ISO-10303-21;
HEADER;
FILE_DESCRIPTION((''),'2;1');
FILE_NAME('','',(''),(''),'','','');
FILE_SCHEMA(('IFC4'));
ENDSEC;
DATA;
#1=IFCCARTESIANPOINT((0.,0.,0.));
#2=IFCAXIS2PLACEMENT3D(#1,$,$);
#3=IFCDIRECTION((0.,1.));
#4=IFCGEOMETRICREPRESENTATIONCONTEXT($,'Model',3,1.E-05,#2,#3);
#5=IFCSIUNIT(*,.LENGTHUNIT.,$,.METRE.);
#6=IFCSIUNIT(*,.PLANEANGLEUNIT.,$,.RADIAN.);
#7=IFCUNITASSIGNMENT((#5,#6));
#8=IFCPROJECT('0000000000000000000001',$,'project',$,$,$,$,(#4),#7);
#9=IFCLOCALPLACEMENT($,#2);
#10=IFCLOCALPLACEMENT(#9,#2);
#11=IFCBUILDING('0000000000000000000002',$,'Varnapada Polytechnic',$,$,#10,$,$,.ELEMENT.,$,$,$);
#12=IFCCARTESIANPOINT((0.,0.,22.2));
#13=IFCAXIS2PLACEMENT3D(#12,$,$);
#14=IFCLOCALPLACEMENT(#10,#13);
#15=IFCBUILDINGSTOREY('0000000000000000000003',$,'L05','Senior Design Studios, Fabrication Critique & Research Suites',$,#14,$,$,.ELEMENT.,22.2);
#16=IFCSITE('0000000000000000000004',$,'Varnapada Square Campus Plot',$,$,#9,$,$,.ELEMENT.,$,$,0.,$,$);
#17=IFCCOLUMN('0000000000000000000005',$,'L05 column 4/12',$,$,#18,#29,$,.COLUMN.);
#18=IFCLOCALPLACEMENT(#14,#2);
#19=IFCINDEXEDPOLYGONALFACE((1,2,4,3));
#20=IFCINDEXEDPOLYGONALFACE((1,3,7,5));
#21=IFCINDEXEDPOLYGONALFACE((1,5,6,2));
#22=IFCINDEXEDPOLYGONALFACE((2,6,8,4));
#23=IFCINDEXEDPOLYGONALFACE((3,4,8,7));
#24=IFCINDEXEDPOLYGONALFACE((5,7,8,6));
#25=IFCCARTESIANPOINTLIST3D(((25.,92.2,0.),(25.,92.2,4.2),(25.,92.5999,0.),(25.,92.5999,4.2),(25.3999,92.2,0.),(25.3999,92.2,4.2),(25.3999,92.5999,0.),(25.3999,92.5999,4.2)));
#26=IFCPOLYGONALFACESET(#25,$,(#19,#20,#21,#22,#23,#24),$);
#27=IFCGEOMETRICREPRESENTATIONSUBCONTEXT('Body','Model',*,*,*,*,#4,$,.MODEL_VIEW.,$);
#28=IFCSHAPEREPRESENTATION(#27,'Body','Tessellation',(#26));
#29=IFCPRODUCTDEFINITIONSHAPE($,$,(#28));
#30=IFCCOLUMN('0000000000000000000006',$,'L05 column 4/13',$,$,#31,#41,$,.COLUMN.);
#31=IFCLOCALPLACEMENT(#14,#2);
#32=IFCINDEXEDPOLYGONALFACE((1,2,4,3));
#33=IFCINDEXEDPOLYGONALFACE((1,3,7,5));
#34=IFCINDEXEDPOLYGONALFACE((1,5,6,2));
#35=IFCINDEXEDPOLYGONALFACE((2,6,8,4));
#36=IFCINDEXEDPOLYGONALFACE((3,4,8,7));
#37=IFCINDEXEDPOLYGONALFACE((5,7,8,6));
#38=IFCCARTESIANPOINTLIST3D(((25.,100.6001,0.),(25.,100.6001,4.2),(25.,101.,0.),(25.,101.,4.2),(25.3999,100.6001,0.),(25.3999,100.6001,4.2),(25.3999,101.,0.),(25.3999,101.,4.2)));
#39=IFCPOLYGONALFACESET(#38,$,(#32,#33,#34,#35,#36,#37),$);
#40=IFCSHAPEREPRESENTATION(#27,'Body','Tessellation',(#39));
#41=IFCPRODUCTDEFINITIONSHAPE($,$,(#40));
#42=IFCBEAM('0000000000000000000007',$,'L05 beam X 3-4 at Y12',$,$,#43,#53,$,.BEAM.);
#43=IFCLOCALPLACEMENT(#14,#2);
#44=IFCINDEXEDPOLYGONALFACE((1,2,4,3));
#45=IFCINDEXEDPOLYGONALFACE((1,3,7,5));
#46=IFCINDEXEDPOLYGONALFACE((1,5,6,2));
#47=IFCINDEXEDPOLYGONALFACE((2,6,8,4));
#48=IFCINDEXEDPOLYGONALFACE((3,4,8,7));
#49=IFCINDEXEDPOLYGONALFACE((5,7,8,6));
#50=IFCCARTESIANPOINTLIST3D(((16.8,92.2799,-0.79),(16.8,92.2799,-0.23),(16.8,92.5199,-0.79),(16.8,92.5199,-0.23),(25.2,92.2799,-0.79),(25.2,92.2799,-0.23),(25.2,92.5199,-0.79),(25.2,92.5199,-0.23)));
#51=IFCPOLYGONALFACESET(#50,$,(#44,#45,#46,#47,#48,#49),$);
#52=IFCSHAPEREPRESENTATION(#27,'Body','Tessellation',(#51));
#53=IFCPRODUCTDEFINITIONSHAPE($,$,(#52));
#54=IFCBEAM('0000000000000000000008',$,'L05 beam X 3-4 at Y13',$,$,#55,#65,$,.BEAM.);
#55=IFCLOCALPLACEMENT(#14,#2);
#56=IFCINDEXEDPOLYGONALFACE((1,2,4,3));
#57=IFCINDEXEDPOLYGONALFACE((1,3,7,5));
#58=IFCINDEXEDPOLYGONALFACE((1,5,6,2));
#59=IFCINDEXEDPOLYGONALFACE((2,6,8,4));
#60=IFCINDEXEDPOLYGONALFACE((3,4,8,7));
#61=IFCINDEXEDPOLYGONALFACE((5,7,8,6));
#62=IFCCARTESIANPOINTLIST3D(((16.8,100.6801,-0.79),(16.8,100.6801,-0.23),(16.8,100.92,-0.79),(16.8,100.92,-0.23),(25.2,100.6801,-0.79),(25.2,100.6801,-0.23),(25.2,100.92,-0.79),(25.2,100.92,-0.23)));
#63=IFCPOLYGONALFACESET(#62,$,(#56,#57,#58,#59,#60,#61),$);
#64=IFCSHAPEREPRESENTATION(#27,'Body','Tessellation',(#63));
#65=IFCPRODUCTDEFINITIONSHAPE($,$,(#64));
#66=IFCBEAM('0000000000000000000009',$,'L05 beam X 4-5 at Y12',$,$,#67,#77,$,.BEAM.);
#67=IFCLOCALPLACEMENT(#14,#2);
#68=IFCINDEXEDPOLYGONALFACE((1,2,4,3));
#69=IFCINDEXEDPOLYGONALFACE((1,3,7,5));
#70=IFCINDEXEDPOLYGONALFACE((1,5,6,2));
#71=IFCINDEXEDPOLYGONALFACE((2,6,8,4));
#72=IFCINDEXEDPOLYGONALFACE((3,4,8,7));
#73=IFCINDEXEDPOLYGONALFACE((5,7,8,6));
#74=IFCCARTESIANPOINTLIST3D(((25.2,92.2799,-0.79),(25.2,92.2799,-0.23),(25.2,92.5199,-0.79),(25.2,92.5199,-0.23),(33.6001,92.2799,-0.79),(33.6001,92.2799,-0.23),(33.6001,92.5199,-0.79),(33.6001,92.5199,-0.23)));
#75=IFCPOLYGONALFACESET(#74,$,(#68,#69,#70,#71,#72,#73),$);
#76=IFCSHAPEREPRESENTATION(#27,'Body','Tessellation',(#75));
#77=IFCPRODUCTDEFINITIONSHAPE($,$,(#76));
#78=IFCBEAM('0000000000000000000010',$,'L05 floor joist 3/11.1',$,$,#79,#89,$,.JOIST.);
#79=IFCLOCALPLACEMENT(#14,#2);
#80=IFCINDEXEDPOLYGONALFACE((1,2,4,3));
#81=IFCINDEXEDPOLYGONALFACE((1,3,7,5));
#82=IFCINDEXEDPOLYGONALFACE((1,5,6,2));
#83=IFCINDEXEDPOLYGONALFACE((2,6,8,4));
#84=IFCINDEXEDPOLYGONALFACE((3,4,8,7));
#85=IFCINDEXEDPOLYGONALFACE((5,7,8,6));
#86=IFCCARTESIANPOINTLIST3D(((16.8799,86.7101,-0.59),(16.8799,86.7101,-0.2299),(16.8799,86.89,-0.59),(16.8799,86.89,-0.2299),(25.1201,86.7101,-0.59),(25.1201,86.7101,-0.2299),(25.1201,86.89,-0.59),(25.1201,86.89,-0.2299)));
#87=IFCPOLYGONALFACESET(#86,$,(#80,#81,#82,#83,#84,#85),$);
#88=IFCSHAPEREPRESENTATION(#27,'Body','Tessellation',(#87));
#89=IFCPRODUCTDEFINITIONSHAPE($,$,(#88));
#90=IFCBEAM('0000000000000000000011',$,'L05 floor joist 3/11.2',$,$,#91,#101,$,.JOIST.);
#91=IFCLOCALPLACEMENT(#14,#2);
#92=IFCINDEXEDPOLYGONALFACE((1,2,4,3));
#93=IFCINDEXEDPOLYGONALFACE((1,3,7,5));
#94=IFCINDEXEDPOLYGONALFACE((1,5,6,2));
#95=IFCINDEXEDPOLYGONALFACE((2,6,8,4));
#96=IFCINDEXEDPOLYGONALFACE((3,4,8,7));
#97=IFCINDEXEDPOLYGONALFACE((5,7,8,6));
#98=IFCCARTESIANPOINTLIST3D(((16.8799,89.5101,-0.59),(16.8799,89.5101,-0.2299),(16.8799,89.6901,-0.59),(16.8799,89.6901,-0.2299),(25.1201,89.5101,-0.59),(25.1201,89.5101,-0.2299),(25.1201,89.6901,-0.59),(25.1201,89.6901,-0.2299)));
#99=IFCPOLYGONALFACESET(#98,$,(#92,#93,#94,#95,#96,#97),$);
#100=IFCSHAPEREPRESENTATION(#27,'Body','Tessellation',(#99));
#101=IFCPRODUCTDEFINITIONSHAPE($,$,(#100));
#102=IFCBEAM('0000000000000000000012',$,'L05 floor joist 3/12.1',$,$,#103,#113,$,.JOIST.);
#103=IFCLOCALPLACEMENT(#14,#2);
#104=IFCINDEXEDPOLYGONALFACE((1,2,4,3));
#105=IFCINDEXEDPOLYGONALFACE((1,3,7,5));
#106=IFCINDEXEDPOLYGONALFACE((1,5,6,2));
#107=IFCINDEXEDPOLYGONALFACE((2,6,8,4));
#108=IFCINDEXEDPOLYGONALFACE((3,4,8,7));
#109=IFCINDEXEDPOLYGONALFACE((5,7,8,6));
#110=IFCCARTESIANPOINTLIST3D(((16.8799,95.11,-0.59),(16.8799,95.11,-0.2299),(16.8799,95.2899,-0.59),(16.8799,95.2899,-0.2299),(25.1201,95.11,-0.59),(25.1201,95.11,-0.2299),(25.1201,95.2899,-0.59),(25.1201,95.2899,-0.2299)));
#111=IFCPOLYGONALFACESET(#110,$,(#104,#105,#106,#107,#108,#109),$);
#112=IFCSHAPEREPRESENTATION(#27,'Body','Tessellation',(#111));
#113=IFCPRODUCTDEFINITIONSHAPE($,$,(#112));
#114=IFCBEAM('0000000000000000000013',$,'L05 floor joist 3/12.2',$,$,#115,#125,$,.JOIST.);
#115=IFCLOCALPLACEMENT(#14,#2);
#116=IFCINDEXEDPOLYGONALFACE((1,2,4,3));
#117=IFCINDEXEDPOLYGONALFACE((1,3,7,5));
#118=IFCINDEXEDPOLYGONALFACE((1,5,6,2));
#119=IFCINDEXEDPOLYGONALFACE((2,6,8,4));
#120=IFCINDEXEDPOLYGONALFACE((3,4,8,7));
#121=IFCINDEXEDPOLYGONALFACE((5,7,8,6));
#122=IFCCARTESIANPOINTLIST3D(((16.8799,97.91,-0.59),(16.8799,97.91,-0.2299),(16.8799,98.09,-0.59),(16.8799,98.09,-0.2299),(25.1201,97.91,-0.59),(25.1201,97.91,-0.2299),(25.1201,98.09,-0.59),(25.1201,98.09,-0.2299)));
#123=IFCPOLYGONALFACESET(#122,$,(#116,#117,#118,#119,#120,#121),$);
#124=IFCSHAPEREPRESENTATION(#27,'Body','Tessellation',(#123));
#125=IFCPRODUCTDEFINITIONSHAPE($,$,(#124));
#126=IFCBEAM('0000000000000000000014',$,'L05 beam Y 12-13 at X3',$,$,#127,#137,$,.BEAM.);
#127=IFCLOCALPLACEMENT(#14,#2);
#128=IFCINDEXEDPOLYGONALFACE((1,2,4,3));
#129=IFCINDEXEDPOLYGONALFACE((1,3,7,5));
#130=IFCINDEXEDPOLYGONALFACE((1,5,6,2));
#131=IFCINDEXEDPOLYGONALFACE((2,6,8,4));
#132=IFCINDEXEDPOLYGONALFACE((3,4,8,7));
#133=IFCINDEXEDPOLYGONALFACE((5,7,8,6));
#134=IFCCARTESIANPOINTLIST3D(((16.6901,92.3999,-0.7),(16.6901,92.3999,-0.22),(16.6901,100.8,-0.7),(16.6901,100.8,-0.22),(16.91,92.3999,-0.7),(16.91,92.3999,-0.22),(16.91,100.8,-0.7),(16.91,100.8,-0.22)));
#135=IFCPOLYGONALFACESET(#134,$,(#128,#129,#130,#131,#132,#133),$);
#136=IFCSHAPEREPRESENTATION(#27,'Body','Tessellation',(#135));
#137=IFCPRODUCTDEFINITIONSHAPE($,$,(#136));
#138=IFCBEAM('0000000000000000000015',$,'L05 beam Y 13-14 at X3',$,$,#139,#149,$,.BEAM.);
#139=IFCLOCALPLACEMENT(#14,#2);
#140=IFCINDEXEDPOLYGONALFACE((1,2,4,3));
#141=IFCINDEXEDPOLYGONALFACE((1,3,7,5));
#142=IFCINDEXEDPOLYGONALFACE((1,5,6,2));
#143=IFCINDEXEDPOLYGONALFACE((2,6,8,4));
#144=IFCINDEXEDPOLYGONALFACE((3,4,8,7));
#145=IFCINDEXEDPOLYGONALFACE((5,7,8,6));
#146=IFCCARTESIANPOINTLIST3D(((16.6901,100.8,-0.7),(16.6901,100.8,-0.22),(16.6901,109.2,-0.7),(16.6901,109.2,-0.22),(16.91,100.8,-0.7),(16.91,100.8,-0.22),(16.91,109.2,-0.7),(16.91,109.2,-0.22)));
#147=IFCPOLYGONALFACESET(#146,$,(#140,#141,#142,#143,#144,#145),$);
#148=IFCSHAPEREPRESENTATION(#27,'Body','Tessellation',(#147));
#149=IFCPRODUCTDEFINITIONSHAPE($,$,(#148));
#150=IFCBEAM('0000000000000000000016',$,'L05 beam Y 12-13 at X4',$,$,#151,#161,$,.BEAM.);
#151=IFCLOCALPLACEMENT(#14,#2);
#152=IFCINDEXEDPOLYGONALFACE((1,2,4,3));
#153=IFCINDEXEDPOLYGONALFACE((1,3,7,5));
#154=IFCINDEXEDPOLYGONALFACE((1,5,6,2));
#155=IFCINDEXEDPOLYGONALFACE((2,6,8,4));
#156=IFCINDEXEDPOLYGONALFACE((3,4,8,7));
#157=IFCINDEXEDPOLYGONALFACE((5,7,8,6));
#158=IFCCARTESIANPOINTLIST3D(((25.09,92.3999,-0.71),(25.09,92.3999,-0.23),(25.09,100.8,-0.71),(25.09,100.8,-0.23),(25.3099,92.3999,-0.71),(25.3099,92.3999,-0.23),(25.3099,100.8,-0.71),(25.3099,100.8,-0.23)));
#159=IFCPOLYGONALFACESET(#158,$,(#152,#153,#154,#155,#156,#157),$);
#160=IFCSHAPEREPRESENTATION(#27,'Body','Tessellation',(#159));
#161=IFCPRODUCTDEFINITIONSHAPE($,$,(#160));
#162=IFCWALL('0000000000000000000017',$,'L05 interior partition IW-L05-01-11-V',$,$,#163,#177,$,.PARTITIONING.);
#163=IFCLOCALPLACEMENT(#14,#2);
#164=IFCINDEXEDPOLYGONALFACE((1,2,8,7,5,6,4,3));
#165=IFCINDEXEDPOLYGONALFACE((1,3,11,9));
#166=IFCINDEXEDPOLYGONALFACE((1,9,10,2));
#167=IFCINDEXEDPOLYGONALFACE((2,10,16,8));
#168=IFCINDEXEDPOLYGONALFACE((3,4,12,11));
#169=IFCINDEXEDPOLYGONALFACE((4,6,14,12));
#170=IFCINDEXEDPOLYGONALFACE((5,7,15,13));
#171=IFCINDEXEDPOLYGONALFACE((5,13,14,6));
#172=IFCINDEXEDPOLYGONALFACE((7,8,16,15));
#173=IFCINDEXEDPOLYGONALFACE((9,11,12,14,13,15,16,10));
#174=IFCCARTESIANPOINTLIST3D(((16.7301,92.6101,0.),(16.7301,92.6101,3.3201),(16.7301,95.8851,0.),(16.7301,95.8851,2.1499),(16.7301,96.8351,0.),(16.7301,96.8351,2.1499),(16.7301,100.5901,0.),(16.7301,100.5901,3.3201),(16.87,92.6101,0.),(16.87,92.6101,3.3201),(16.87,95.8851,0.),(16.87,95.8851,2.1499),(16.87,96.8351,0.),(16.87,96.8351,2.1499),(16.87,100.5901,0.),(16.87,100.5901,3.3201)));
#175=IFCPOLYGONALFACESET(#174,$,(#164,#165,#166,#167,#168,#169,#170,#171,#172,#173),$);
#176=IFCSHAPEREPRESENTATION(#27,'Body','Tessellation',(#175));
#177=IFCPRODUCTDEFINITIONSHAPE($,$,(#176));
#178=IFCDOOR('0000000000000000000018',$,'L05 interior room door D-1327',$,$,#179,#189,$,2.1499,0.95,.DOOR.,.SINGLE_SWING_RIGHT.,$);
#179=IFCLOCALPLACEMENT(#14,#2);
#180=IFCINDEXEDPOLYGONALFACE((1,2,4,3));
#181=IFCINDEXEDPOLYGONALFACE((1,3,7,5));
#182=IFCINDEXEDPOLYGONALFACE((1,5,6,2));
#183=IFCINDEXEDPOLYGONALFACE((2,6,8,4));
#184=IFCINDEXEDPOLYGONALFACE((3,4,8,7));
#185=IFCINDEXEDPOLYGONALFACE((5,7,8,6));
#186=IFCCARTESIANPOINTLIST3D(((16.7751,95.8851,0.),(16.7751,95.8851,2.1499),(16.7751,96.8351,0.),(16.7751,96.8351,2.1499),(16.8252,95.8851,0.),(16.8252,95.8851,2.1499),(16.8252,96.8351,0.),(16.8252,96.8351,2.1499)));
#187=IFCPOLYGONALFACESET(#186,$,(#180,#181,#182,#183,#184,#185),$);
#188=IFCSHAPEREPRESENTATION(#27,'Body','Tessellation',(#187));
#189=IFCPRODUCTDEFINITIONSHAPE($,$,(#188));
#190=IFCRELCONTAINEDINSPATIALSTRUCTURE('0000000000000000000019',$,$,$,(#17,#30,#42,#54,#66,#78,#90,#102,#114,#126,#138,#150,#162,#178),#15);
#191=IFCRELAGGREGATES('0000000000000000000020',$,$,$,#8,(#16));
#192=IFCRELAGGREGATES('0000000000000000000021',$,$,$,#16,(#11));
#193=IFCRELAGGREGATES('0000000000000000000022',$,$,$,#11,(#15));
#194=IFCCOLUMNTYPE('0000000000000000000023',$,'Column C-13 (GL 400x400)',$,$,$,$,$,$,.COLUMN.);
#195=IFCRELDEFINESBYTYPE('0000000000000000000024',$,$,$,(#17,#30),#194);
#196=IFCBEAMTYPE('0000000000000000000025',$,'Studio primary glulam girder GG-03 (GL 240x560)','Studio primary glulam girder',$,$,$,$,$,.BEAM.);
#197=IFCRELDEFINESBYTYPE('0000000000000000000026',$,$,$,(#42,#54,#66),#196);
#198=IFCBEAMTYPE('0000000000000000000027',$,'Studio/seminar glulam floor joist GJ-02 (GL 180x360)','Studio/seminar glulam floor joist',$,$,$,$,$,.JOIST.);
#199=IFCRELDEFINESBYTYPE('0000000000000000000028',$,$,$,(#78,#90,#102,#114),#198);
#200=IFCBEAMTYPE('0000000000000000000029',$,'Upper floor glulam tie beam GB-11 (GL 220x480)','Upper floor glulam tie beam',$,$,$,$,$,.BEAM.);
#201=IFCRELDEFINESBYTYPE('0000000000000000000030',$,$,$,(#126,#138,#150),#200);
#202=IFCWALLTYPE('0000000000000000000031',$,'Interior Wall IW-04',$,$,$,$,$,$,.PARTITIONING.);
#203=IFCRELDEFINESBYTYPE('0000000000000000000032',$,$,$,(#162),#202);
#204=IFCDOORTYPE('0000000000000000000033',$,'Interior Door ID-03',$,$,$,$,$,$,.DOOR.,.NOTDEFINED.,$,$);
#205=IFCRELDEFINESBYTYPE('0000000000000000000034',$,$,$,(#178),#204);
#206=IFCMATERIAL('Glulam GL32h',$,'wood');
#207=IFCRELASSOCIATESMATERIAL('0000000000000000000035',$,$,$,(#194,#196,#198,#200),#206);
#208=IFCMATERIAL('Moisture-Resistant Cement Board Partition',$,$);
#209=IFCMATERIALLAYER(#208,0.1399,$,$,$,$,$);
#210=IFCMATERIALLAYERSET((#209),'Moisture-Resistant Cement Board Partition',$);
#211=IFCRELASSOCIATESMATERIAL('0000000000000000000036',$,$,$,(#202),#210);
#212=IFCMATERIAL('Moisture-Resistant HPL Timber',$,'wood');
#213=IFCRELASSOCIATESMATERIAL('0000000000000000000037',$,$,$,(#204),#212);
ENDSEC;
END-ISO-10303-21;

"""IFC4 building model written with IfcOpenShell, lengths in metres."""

from ifc_helpers import new_model, si_unit, direction, frame, frame_2d, origin, origin_2d, place, context, subcontext, project, spatial, rectangle, extrude, material, layer, layer_set, material_profile, profile_set, type_object, element, fill, save


model = new_model("IFC4")

# Units and contexts
model_context = context("Model", 3, precision=1e-05, world=origin(), true_north=direction((0.0, 1.0)))
body_context = subcontext(model_context, "Body", "Model", "MODEL_VIEW")
ifc_project = project(units=[si_unit("LENGTHUNIT", "METRE"), si_unit("PLANEANGLEUNIT", "RADIAN")], contexts=[model_context])

# Site, building, storey
site_placement = place(None, origin())
site = spatial("IfcSite", under=ifc_project, at=site_placement, Name="Varnapada Square Campus Plot", CompositionType="ELEMENT", RefElevation=0.0)
building_placement = place(site_placement, origin())
building = spatial("IfcBuilding", under=site, at=building_placement, Name="Varnapada Polytechnic", CompositionType="ELEMENT")
storey_placement = place(building_placement, frame((0.0, 0.0, 22.2)))
storey = spatial("IfcBuildingStorey", under=building, at=storey_placement, Name="L05", Description="Senior Design Studios, Fabrication Critique & Research Suites", CompositionType="ELEMENT", Elevation=22.2)

# Columns
ifc_material_1 = material(Name="Glulam GL32h", Category="wood")
ifc_material_profile_1 = material_profile(ifc_material_1, rectangle(XDim=0.3999, YDim=0.3999, at=origin_2d()), Name="GL 400x400")
ifc_profile_set_1 = profile_set([ifc_material_profile_1], Name="Glulam GL32h")
column_type = type_object("IfcColumnType", Name="Column C-13 (GL 400x400)", PredefinedType="COLUMN", material=ifc_profile_set_1)
for number, where, z_axis, x_axis, name in (
    (1, (25.2, 92.3999, 0.0), (0.0, 0.0, 1.0), (1.0, 0.0, 0.0), "L05 column 4/12"),
    (2, (25.2, 100.8, 0.0), (0.0, 0.0, 1.0), (1.0, 0.0, 0.0), "L05 column 4/13"),
):
    element("IfcColumn", number, at=place(storey_placement, frame(where, z_axis=z_axis, x_axis=x_axis)), inside=storey, type_object=column_type, Name=name, PredefinedType="COLUMN", context=body_context, shape_type="SweptSolid", body=[
        extrude(rectangle(XDim=0.3999, YDim=0.3999, at=origin_2d()), origin(), (0.0, 0.0, 1.0), 4.2),
    ])

# Beams
ifc_material_profile_2 = material_profile(ifc_material_1, rectangle(XDim=0.24, YDim=0.5601, at=origin_2d()), Name="GL 240x560")
ifc_profile_set_2 = profile_set([ifc_material_profile_2], Name="Glulam GL32h")
beam_type_1 = type_object("IfcBeamType", Name="Studio primary glulam girder GG-03 (GL 240x560)", Description="Studio primary glulam girder", PredefinedType="BEAM", material=ifc_profile_set_2)
for number, where, z_axis, x_axis, name in (
    (3, (16.8, 92.3999, -0.51), (1.0, 0.0, 0.0), (0.0, 1.0, 0.0), "L05 beam X 3-4 at Y12"),
    (4, (16.8, 100.8, -0.51), (1.0, 0.0, 0.0), (0.0, 1.0, 0.0), "L05 beam X 3-4 at Y13"),
):
    element("IfcBeam", number, at=place(storey_placement, frame(where, z_axis=z_axis, x_axis=x_axis)), inside=storey, type_object=beam_type_1, Name=name, PredefinedType="BEAM", context=body_context, shape_type="SweptSolid", body=[
        extrude(rectangle(XDim=0.24, YDim=0.5601, at=origin_2d()), origin(), (0.0, 0.0, 1.0), 8.3999),
    ])
beam_1_placement = place(storey_placement, frame((25.2, 92.3999, -0.51), z_axis=(1.0, 0.0, 0.0), x_axis=(0.0, 1.0, 0.0)))
element("IfcBeam", 5, at=beam_1_placement, inside=storey, type_object=beam_type_1, Name="L05 beam X 4-5 at Y12", PredefinedType="BEAM", context=body_context, shape_type="SweptSolid", body=[
    extrude(rectangle(XDim=0.24, YDim=0.5601, at=origin_2d()), origin(), (0.0, 0.0, 1.0), 8.4001),
])
ifc_material_profile_3 = material_profile(ifc_material_1, rectangle(XDim=0.1799, YDim=0.3601, at=origin_2d()), Name="GL 180x360")
ifc_profile_set_3 = profile_set([ifc_material_profile_3], Name="Glulam GL32h")
beam_type_2 = type_object("IfcBeamType", Name="Studio/seminar glulam floor joist GJ-02 (GL 180x360)", Description="Studio/seminar glulam floor joist", PredefinedType="JOIST", material=ifc_profile_set_3)
for number, where, z_axis, x_axis, name in (
    (6, (16.8799, 86.8, -0.4099), (1.0, 0.0, 0.0), (0.0, 1.0, 0.0), "L05 floor joist 3/11.1"),
    (7, (16.8799, 89.6001, -0.4099), (1.0, 0.0, 0.0), (0.0, 1.0, 0.0), "L05 floor joist 3/11.2"),
    (8, (16.8799, 95.2, -0.4099), (1.0, 0.0, 0.0), (0.0, 1.0, 0.0), "L05 floor joist 3/12.1"),
    (9, (16.8799, 98.0, -0.4099), (1.0, 0.0, 0.0), (0.0, 1.0, 0.0), "L05 floor joist 3/12.2"),
):
    element("IfcBeam", number, at=place(storey_placement, frame(where, z_axis=z_axis, x_axis=x_axis)), inside=storey, type_object=beam_type_2, Name=name, PredefinedType="JOIST", context=body_context, shape_type="SweptSolid", body=[
        extrude(rectangle(XDim=0.1799, YDim=0.3601, at=origin_2d()), origin(), (0.0, 0.0, 1.0), 8.2402),
    ])
ifc_material_profile_4 = material_profile(ifc_material_1, rectangle(XDim=0.22, YDim=0.48, at=origin_2d()), Name="GL 220x480")
ifc_profile_set_4 = profile_set([ifc_material_profile_4], Name="Glulam GL32h")
beam_type_3 = type_object("IfcBeamType", Name="Upper floor glulam tie beam GB-11 (GL 220x480)", Description="Upper floor glulam tie beam", PredefinedType="BEAM", material=ifc_profile_set_4)
beam_2_placement = place(storey_placement, frame((16.8, 92.3999, -0.46), z_axis=(0.0, 1.0, 0.0), x_axis=(-1.0, 0.0, 0.0)))
element("IfcBeam", 10, at=beam_2_placement, inside=storey, type_object=beam_type_3, Name="L05 beam Y 12-13 at X3", PredefinedType="BEAM", context=body_context, shape_type="SweptSolid", body=[
    extrude(rectangle(XDim=0.22, YDim=0.48, at=origin_2d()), origin(), (0.0, 0.0, 1.0), 8.4001),
])
beam_3_placement = place(storey_placement, frame((16.8, 100.8, -0.46), z_axis=(0.0, 1.0, 0.0), x_axis=(-1.0, 0.0, 0.0)))
element("IfcBeam", 11, at=beam_3_placement, inside=storey, type_object=beam_type_3, Name="L05 beam Y 13-14 at X3", PredefinedType="BEAM", context=body_context, shape_type="SweptSolid", body=[
    extrude(rectangle(XDim=0.22, YDim=0.48, at=origin_2d()), origin(), (0.0, 0.0, 1.0), 8.3999),
])
beam_4_placement = place(storey_placement, frame((25.2, 92.3999, -0.47), z_axis=(0.0, 1.0, 0.0), x_axis=(-1.0, 0.0, 0.0)))
element("IfcBeam", 12, at=beam_4_placement, inside=storey, type_object=beam_type_3, Name="L05 beam Y 12-13 at X4", PredefinedType="BEAM", context=body_context, shape_type="SweptSolid", body=[
    extrude(rectangle(XDim=0.22, YDim=0.48, at=origin_2d()), origin(), (0.0, 0.0, 1.0), 8.4001),
])

# Wall, opening, door
ifc_material_2 = material(Name="Moisture-Resistant Cement Board Partition")
ifc_layer_1 = layer(ifc_material_2, 0.1399)
ifc_layer_set_1 = layer_set([ifc_layer_1], Name="Moisture-Resistant Cement Board Partition")
wall_type_1 = type_object("IfcWallType", Name="Interior Wall IW-04", PredefinedType="PARTITIONING", material=ifc_layer_set_1)
wall_1_placement = place(storey_placement, frame((16.8, 92.6101, 0.0), z_axis=(0.0, 0.0, 1.0), x_axis=(0.0, 1.0, 0.0)))
wall_1 = element("IfcWall", 13, at=wall_1_placement, inside=storey, type_object=wall_type_1, Name="L05 interior partition IW-L05-01-11-V", PredefinedType="PARTITIONING", context=body_context, shape_type="SweptSolid", body=[
    extrude(rectangle(XDim=7.98, YDim=0.1399, at=frame_2d((3.99, 0.0))), origin(), (0.0, 0.0, 1.0), 3.3201),
])
opening_1_placement = place(wall_1_placement, frame((3.2749, 0.0, 0.0)))
opening_1 = element("IfcOpeningElement", 14, at=opening_1_placement, cuts=wall_1, PredefinedType="OPENING", context=body_context, shape_type="SweptSolid", body=[
    extrude(rectangle(XDim=0.95, YDim=2.1499, at=frame_2d((0.4751, 1.075))), frame((0.0, 0.0798, 0.0), z_axis=(0.0, -1.0, 0.0), x_axis=(1.0, 0.0, 0.0)), (0.0, 0.0, 1.0), 0.1599),
])
ifc_material_3 = material(Name="Moisture-Resistant HPL Timber", Category="wood")
door_type_1 = type_object("IfcDoorType", Name="Interior Door ID-03", OperationType="NOTDEFINED", PredefinedType="DOOR", material=ifc_material_3)
door_1_placement = place(opening_1_placement, origin())
door_1 = element("IfcDoor", 15, at=door_1_placement, inside=storey, type_object=door_type_1, Name="L05 interior room door D-1327", OperationType="SINGLE_SWING_RIGHT", OverallHeight=2.1499, OverallWidth=0.95, PredefinedType="DOOR", context=body_context, shape_type="SweptSolid", body=[
    extrude(rectangle(XDim=0.95, YDim=2.1499, at=frame_2d((0.4751, 1.075))), frame((0.0, 0.0249, 0.0), z_axis=(0.0, -1.0, 0.0), x_axis=(1.0, 0.0, 0.0)), (0.0, 0.0, 1.0), 0.05),
])
fill(opening_1, door_1)

save(model, "model.ifc")
